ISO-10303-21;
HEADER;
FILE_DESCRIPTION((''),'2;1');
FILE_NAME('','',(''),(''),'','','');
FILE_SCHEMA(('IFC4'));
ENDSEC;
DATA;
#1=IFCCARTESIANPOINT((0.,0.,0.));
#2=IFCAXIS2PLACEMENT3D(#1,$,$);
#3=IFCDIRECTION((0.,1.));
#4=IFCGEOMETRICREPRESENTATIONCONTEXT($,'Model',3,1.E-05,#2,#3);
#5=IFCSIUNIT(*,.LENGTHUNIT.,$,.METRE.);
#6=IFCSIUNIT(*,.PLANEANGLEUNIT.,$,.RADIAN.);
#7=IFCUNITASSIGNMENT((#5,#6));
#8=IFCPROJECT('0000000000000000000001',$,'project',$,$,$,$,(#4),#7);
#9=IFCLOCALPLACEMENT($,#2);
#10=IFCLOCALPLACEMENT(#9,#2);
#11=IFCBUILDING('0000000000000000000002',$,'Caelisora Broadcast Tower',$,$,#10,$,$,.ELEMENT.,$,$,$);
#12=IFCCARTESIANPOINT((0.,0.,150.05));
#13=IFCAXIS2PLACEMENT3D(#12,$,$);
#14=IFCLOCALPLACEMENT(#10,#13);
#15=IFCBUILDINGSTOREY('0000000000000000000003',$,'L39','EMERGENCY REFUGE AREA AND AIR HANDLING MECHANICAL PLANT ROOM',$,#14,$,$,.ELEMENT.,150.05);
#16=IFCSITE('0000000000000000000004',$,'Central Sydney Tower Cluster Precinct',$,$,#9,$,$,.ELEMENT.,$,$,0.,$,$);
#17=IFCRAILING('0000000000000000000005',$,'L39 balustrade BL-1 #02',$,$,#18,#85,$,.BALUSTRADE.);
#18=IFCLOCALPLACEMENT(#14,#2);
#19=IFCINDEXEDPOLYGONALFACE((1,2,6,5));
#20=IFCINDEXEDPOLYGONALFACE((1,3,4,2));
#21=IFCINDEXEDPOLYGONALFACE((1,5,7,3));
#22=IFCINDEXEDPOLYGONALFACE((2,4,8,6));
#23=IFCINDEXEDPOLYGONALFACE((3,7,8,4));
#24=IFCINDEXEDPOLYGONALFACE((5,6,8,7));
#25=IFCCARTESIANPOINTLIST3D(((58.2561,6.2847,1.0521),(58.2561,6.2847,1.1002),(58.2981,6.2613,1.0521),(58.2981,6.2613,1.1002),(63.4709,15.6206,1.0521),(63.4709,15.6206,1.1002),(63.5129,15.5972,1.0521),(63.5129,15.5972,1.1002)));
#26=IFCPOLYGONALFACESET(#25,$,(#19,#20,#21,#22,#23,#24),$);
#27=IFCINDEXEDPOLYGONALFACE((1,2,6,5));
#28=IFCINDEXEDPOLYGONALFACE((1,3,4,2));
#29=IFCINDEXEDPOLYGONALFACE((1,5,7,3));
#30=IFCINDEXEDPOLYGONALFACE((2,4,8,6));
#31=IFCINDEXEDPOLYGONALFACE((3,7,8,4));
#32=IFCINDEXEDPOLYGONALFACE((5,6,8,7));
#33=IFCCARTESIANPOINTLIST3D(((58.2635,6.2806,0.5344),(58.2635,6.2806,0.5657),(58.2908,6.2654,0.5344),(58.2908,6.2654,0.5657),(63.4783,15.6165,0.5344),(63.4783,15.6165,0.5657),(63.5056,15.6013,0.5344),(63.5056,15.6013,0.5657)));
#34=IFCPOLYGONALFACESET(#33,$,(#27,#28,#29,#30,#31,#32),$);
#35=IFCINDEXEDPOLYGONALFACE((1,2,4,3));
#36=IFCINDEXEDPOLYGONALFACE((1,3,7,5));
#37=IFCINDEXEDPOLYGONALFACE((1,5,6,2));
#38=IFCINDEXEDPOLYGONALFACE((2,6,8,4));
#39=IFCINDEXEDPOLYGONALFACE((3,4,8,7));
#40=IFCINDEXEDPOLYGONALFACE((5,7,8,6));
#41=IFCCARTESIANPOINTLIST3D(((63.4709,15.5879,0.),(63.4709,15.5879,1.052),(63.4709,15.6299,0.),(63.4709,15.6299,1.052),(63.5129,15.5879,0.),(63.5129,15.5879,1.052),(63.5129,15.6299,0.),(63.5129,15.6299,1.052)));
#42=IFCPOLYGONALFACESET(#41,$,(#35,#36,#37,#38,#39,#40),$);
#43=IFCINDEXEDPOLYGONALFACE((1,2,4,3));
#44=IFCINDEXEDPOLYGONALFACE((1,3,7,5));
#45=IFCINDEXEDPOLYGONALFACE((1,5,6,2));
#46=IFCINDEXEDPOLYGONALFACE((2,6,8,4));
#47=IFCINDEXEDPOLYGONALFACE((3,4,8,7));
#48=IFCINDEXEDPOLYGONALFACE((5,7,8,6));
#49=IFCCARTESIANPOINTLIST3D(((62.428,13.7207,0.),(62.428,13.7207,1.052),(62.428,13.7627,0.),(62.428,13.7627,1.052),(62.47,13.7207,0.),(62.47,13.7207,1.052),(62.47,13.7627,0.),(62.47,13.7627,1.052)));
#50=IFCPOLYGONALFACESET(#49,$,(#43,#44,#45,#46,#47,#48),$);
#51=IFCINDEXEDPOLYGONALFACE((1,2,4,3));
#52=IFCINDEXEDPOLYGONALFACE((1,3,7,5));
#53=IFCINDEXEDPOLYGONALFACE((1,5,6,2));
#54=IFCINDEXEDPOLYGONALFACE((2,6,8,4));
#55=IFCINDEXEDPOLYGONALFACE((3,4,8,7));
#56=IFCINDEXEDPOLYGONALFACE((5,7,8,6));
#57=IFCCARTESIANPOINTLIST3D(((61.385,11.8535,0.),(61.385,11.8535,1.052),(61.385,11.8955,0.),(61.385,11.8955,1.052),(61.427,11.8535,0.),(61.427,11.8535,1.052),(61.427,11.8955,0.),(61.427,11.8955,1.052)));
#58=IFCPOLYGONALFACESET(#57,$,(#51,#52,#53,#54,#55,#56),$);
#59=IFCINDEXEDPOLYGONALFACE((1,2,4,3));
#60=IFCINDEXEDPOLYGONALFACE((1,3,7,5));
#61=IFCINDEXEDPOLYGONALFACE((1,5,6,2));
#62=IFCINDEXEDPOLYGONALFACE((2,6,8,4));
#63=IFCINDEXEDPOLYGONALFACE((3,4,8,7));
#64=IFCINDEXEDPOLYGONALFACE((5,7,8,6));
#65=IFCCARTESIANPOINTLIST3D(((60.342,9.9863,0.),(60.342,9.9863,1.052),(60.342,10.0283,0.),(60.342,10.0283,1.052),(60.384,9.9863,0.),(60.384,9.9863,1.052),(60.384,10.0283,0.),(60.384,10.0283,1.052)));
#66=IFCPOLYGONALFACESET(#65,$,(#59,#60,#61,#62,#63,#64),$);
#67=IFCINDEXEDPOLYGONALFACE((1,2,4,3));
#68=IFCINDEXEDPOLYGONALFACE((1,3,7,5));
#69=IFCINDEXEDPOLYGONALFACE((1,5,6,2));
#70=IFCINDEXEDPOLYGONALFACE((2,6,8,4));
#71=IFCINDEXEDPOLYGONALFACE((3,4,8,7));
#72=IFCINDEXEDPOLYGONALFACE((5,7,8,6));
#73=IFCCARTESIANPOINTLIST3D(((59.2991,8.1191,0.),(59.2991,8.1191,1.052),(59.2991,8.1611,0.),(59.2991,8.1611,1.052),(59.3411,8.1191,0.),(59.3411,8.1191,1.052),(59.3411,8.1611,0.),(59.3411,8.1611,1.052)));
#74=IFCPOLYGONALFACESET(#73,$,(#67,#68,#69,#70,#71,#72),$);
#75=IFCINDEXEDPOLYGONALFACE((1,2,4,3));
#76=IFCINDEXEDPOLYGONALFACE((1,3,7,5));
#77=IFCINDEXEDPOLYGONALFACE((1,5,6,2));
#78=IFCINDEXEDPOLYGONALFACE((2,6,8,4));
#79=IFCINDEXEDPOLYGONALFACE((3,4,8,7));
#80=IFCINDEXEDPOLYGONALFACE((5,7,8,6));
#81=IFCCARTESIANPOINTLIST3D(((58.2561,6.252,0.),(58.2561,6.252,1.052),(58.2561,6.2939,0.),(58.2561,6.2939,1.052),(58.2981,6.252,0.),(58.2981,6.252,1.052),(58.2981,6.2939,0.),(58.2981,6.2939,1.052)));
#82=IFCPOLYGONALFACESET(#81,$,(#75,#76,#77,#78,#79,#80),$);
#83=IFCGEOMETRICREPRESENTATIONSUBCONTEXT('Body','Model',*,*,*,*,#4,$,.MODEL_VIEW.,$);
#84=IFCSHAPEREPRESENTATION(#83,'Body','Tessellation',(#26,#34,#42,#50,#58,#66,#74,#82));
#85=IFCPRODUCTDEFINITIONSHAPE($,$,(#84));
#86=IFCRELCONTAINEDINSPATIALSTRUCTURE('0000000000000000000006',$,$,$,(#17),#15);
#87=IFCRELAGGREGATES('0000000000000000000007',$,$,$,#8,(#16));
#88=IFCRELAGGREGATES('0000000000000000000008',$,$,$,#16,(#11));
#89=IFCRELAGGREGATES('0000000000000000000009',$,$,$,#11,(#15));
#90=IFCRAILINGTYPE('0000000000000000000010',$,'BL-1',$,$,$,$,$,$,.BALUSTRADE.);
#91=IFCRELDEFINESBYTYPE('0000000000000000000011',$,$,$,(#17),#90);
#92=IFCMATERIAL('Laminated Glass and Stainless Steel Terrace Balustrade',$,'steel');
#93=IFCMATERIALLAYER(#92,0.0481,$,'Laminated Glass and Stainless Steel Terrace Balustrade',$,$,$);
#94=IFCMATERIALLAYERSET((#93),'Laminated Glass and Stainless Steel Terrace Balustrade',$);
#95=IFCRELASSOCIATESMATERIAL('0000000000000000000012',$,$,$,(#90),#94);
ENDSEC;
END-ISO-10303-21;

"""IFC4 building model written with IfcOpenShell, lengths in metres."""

from ifc_helpers import new_model, si_unit, direction, frame, origin, origin_2d, place, context, subcontext, project, spatial, rectangle, extrude, material, layer, layer_set, type_object, element, save


model = new_model("IFC4")

# Units and contexts
model_context = context("Model", 3, precision=1e-05, world=origin(), true_north=direction((0.0, 1.0)))
body_context = subcontext(model_context, "Body", "Model", "MODEL_VIEW")
ifc_project = project(units=[si_unit("LENGTHUNIT", "METRE"), si_unit("PLANEANGLEUNIT", "RADIAN")], contexts=[model_context])

# Site, building, storey
site_placement = place(None, origin())
site = spatial("IfcSite", under=ifc_project, at=site_placement, Name="Central Sydney Tower Cluster Precinct", CompositionType="ELEMENT", RefElevation=0.0)
building_placement = place(site_placement, origin())
building = spatial("IfcBuilding", under=site, at=building_placement, Name="Caelisora Broadcast Tower", CompositionType="ELEMENT")
storey_placement = place(building_placement, frame((0.0, 0.0, 150.05)))
storey = spatial("IfcBuildingStorey", under=building, at=storey_placement, Name="L39", Description="EMERGENCY REFUGE AREA AND AIR HANDLING MECHANICAL PLANT ROOM", CompositionType="ELEMENT", Elevation=150.05)

# Railing
ifc_material_1 = material(Name="Laminated Glass and Stainless Steel Terrace Balustrade", Category="steel")
ifc_layer_1 = layer(ifc_material_1, 0.0481, Name="Laminated Glass and Stainless Steel Terrace Balustrade")
ifc_layer_set_1 = layer_set([ifc_layer_1], Name="Laminated Glass and Stainless Steel Terrace Balustrade")
railing_type = type_object("IfcRailingType", Name="BL-1", PredefinedType="BALUSTRADE", material=ifc_layer_set_1)
railing_1_placement = place(storey_placement, frame((63.4919, 15.6089, 0.0)))
element("IfcRailing", 1, at=railing_1_placement, inside=storey, type_object=railing_type, Name="L39 balustrade BL-1 #02", PredefinedType="BALUSTRADE", context=body_context, shape_type="SweptSolid", body=[
    extrude(rectangle(XDim=0.0481, YDim=0.0481, at=origin_2d()), frame((0.0, 0.0, 1.0762), z_axis=(-0.487658, -0.873035, 0.0), x_axis=(0.873035, -0.487658, 0.0)), (0.0, 0.0, 1.0), 10.6936),
    extrude(rectangle(XDim=0.0312, YDim=0.0312, at=origin_2d()), frame((0.0, 0.0, 0.55), z_axis=(-0.487658, -0.873035, 0.0), x_axis=(0.873035, -0.487658, 0.0)), (0.0, 0.0, 1.0), 10.6936),
    extrude(rectangle(XDim=0.042, YDim=0.042, at=origin_2d()), origin(), (0.0, 0.0, 1.0), 1.052),
    extrude(rectangle(XDim=0.042, YDim=0.042, at=origin_2d()), frame((-1.043, -1.8672, 0.0)), (0.0, 0.0, 1.0), 1.052),
    extrude(rectangle(XDim=0.042, YDim=0.042, at=origin_2d()), frame((-2.0859, -3.7344, 0.0)), (0.0, 0.0, 1.0), 1.052),
    extrude(rectangle(XDim=0.042, YDim=0.042, at=origin_2d()), frame((-3.1289, -5.6016, 0.0)), (0.0, 0.0, 1.0), 1.052),
    extrude(rectangle(XDim=0.042, YDim=0.042, at=origin_2d()), frame((-4.1719, -7.4688, 0.0)), (0.0, 0.0, 1.0), 1.052),
    extrude(rectangle(XDim=0.042, YDim=0.042, at=origin_2d()), frame((-5.2148, -9.3359, 0.0)), (0.0, 0.0, 1.0), 1.052),
])

save(model, "model.ifc")
